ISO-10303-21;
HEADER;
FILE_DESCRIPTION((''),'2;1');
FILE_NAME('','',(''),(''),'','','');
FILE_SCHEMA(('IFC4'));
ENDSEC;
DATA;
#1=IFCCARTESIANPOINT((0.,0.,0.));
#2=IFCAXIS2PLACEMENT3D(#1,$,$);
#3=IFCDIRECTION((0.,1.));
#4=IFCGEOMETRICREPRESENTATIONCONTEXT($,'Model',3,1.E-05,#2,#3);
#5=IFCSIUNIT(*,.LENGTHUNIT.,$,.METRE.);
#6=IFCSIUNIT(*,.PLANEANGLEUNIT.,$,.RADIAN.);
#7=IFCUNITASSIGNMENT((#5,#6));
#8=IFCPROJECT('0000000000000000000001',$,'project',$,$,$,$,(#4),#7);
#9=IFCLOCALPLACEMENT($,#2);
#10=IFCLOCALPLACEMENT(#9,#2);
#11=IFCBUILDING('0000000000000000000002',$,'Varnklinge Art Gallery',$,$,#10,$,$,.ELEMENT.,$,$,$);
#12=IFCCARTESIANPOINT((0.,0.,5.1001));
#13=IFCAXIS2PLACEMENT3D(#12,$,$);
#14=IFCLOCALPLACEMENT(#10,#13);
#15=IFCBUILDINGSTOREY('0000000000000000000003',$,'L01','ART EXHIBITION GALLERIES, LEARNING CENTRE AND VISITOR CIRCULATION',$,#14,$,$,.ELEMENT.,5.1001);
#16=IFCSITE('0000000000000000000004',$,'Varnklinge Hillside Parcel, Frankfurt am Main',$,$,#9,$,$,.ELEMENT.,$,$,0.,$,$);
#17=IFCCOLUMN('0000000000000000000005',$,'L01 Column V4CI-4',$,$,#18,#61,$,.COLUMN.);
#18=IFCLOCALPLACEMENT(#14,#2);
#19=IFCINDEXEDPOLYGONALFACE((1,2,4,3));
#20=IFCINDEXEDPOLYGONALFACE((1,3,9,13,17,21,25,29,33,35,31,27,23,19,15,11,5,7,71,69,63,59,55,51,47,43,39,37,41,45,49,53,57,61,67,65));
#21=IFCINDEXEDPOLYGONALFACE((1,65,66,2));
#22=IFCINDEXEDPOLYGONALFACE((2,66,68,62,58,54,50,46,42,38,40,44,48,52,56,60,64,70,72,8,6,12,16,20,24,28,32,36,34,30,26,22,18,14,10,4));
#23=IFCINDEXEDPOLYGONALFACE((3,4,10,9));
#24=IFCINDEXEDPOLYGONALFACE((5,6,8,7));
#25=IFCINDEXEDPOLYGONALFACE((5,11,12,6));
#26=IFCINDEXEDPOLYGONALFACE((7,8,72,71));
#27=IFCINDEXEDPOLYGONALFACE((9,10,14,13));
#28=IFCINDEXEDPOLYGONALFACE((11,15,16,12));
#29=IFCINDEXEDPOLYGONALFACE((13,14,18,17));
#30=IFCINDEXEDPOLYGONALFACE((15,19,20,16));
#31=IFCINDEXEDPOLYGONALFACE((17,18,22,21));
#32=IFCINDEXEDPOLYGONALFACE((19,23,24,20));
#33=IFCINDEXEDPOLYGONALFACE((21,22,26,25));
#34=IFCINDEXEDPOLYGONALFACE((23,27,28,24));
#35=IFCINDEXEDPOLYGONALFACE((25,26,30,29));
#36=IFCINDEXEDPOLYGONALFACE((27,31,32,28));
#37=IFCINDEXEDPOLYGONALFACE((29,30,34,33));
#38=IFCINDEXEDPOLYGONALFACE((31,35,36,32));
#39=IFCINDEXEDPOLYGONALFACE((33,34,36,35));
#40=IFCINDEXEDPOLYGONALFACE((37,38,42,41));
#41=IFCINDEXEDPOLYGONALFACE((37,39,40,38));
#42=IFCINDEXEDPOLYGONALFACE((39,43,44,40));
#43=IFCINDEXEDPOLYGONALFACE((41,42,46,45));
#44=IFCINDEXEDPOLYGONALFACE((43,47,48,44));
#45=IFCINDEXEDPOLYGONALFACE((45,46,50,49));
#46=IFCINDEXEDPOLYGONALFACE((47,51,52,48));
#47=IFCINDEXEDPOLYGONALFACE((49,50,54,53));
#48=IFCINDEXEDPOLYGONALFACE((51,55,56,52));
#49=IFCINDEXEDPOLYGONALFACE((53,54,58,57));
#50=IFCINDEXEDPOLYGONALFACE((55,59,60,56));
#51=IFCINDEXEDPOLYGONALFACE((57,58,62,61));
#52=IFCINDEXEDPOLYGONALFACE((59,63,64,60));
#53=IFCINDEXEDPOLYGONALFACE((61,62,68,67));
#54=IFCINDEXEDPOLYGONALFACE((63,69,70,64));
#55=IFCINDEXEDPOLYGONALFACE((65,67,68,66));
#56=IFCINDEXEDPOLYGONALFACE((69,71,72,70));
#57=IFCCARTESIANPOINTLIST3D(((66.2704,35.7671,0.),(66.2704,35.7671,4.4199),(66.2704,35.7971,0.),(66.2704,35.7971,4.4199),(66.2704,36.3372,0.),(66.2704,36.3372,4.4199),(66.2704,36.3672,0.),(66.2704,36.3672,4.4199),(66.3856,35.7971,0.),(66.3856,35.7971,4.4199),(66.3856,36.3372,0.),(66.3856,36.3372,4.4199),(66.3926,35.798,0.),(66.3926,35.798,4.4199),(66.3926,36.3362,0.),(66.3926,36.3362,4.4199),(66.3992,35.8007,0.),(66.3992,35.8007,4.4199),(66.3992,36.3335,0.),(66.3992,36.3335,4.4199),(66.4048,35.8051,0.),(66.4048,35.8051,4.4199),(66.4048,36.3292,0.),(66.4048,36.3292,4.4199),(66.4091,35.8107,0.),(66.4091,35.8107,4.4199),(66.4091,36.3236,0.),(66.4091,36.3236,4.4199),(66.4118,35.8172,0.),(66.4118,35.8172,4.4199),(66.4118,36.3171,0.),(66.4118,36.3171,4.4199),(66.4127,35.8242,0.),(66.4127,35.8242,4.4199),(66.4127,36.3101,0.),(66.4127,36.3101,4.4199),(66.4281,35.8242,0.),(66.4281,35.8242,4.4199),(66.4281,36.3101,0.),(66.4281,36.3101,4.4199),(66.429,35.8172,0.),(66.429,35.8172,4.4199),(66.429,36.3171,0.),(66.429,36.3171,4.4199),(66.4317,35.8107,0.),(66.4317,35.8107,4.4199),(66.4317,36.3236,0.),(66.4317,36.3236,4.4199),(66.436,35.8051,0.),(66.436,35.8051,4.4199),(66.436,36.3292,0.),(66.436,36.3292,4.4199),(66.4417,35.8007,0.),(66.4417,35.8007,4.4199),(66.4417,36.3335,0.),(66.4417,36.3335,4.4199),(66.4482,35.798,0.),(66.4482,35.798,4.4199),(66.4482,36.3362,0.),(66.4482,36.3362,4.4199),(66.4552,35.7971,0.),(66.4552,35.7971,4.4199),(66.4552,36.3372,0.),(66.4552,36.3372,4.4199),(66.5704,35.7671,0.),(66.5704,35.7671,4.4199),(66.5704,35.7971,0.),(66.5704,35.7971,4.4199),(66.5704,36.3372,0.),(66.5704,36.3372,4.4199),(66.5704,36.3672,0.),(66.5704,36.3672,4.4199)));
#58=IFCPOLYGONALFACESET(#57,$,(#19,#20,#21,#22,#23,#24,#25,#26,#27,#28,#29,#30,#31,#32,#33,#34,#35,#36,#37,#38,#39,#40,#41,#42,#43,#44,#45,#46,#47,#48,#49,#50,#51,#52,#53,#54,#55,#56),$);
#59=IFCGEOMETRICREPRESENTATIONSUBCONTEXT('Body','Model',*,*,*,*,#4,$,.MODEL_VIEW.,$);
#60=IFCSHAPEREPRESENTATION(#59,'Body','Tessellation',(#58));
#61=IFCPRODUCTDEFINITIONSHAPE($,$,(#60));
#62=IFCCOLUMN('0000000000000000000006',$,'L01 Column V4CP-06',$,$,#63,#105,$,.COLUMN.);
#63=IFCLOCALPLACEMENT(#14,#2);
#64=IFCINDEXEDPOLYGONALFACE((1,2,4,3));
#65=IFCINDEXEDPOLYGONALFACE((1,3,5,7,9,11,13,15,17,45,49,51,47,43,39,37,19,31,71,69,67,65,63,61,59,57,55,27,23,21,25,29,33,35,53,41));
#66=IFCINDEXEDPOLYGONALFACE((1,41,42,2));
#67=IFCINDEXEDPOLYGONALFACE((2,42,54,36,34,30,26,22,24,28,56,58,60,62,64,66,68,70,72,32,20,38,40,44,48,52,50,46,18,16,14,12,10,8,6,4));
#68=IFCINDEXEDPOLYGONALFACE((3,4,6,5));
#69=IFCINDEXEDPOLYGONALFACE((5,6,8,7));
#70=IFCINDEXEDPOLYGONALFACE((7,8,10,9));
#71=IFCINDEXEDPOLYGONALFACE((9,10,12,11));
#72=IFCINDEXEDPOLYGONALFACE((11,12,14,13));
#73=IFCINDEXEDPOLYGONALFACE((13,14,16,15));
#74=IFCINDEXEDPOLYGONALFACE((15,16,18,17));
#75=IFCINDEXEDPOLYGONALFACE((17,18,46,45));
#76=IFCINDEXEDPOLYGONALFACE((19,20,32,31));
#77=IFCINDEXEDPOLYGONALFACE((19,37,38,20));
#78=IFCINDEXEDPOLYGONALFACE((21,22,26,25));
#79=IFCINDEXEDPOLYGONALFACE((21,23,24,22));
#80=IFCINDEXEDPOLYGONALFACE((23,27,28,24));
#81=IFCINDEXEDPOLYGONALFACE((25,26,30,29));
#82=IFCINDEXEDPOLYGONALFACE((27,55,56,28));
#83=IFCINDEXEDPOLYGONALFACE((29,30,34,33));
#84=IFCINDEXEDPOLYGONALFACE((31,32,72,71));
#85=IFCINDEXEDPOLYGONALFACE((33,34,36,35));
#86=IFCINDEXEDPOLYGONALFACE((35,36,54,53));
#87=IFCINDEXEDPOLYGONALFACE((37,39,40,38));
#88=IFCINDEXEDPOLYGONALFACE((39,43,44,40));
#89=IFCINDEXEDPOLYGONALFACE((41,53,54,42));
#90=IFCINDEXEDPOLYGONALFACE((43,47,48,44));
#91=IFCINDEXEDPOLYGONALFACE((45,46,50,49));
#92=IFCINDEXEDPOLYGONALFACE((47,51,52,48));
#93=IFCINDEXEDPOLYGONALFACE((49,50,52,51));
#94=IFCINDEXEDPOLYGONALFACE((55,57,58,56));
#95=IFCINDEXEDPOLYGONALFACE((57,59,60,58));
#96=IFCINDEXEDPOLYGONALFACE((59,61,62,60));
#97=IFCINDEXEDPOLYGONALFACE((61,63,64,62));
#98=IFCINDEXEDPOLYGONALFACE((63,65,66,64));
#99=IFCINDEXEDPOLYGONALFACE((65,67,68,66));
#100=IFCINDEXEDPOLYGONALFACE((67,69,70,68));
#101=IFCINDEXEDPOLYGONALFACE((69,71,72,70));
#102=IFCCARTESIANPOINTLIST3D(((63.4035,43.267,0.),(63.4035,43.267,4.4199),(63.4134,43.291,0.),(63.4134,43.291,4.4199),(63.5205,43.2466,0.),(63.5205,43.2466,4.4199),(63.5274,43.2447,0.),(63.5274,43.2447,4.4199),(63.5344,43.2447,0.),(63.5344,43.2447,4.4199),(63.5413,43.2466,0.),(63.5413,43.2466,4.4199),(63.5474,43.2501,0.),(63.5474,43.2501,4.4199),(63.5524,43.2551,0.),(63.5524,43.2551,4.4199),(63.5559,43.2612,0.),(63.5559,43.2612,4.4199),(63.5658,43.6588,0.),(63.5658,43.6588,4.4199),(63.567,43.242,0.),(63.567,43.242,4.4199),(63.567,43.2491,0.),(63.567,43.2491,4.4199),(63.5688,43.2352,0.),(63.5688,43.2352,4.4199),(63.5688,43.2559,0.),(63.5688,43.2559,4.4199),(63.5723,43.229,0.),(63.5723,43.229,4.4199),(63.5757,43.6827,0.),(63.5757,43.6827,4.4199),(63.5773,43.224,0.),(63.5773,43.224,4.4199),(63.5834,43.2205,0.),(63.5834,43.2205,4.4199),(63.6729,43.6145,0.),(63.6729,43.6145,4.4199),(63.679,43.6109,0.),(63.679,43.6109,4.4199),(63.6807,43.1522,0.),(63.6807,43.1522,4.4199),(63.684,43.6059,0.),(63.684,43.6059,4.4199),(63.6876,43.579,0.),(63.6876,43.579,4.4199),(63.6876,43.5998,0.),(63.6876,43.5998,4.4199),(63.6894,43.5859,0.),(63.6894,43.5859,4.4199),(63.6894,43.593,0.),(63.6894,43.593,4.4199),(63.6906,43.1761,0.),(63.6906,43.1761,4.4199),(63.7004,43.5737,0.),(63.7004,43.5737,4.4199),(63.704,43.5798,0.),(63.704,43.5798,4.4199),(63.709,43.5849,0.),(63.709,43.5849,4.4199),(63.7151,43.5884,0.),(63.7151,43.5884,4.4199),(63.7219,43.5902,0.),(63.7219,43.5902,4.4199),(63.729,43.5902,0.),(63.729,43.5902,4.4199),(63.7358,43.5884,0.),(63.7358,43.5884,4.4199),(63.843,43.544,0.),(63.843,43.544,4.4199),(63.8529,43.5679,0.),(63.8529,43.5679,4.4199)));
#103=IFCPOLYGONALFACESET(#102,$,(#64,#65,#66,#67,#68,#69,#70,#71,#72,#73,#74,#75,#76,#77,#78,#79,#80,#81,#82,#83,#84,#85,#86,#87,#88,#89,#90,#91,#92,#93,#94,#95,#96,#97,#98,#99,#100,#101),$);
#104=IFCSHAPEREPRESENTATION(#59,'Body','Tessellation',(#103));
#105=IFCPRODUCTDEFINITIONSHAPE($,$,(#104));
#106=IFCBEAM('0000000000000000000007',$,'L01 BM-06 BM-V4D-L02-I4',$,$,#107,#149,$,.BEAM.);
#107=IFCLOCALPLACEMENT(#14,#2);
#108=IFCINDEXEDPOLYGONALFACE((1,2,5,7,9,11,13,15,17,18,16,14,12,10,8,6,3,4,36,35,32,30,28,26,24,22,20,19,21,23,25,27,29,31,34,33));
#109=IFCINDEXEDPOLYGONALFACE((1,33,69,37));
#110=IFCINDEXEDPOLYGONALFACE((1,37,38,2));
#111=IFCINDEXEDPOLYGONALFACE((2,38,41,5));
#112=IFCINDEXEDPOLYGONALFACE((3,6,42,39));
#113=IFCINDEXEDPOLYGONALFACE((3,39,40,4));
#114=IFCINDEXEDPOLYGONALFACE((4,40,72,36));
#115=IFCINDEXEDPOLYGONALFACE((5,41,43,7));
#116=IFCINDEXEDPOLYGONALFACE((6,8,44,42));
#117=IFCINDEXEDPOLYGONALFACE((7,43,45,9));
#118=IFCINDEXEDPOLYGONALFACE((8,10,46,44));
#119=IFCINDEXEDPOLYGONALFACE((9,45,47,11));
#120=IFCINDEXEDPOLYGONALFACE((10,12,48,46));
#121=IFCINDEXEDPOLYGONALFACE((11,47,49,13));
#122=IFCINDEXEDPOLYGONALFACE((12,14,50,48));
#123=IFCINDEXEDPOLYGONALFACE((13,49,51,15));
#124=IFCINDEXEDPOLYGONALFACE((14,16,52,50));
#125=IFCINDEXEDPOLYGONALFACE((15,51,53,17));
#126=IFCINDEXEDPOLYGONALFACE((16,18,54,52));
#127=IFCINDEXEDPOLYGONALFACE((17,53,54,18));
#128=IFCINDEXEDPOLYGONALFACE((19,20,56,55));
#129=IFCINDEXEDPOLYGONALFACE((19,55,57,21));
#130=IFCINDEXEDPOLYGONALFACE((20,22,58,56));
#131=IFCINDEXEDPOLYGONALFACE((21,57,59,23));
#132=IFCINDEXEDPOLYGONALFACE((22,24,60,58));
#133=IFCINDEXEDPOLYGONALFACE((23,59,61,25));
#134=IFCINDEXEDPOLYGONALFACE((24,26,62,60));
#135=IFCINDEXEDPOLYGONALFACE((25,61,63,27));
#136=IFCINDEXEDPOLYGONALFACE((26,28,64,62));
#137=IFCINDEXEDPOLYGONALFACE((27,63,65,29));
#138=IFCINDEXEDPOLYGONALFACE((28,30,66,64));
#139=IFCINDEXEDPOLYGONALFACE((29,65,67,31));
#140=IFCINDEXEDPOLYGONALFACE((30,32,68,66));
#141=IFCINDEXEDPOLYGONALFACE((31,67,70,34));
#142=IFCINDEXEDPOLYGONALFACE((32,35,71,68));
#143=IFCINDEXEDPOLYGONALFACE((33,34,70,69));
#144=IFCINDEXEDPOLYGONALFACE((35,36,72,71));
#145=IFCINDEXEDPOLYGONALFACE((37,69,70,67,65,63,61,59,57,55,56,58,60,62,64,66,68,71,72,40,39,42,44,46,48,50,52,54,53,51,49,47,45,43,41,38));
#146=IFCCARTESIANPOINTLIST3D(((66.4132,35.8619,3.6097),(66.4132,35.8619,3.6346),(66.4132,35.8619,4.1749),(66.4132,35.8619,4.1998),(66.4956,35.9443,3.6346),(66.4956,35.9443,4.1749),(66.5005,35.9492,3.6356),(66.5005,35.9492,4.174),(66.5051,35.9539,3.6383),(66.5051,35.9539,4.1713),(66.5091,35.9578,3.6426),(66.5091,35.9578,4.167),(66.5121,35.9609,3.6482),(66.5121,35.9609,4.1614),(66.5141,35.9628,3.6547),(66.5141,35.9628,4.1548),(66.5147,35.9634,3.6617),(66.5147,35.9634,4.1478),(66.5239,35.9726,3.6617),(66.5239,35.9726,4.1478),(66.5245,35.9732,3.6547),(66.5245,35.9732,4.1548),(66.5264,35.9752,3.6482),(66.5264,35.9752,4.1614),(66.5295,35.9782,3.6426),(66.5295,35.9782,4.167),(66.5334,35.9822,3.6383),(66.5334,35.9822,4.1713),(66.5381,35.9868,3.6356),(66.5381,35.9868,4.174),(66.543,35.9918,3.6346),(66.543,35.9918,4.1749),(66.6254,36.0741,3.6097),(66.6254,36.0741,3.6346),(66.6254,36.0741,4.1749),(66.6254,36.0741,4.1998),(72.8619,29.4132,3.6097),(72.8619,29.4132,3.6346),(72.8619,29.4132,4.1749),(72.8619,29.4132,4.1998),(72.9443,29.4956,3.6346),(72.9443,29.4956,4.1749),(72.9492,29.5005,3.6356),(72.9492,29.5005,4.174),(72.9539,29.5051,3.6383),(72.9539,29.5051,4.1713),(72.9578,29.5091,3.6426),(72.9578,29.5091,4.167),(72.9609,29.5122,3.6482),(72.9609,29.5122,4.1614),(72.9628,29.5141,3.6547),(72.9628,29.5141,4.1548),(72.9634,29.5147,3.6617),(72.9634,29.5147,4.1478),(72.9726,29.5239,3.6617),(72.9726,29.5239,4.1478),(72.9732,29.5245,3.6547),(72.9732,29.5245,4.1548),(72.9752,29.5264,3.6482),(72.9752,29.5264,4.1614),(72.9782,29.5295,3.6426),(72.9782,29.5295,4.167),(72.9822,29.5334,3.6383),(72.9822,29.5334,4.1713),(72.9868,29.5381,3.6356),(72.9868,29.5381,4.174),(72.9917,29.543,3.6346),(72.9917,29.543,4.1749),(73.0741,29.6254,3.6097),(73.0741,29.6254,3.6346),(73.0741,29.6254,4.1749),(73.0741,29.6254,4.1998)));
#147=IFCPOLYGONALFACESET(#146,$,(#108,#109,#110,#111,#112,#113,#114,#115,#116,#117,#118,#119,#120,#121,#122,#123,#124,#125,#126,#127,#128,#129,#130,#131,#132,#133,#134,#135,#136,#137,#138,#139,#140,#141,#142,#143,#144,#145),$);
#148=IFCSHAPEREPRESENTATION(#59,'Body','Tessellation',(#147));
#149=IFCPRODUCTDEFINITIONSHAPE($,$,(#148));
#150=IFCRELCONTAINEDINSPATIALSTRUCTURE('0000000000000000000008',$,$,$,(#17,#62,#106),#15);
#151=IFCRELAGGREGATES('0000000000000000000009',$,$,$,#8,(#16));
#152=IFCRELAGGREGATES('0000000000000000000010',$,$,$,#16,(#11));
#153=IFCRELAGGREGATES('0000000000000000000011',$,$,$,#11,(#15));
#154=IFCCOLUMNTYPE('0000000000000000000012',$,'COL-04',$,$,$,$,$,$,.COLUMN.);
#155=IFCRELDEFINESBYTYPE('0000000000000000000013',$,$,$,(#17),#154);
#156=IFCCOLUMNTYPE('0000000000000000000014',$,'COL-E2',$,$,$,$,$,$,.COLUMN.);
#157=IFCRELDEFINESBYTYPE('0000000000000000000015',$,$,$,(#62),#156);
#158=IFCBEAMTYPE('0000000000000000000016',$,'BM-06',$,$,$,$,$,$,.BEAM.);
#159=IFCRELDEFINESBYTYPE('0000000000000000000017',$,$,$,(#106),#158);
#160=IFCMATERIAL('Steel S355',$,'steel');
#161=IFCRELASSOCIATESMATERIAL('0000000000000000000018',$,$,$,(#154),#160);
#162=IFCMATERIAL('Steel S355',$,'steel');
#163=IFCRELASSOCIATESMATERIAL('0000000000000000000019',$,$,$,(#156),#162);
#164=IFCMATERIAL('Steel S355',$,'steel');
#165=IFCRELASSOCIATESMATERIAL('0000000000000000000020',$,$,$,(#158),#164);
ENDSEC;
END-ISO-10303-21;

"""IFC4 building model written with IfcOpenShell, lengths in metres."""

from ifc_helpers import new_model, si_unit, direction, frame, origin, origin_2d, place, context, subcontext, project, spatial, i_section, extrude, material, material_profile, profile_set, type_object, element, save


model = new_model("IFC4")

# Units and contexts
model_context = context("Model", 3, precision=1e-05, world=origin(), true_north=direction((0.0, 1.0)))
body_context = subcontext(model_context, "Body", "Model", "MODEL_VIEW")
ifc_project = project(units=[si_unit("LENGTHUNIT", "METRE"), si_unit("PLANEANGLEUNIT", "RADIAN")], contexts=[model_context])

# Site, building, storey
site_placement = place(None, origin())
site = spatial("IfcSite", under=ifc_project, at=site_placement, Name="Varnklinge Hillside Parcel, Frankfurt am Main", CompositionType="ELEMENT", RefElevation=0.0)
building_placement = place(site_placement, origin())
building = spatial("IfcBuilding", under=site, at=building_placement, Name="Varnklinge Art Gallery", CompositionType="ELEMENT")
storey_placement = place(building_placement, frame((0.0, 0.0, 5.1001)))
storey = spatial("IfcBuildingStorey", under=building, at=storey_placement, Name="L01", Description="ART EXHIBITION GALLERIES, LEARNING CENTRE AND VISITOR CIRCULATION", CompositionType="ELEMENT", Elevation=5.1001)

# Columns
ifc_material_1 = material(Name="Steel S355", Category="steel")
ifc_material_profile_1 = material_profile(ifc_material_1, i_section(OverallWidth=0.3, OverallDepth=0.6001, WebThickness=0.0154, FlangeThickness=0.03, FilletRadius=0.0271, at=origin_2d()), Name="HEB 600")
ifc_profile_set_1 = profile_set([ifc_material_profile_1], Name="Steel S355")
column_type_1 = type_object("IfcColumnType", Name="COL-04", PredefinedType="COLUMN", material=ifc_profile_set_1)
column_1_placement = place(storey_placement, frame((66.4204, 36.0671, 0.0), z_axis=(0.0, 0.0, 1.0), x_axis=(1.0, 0.0, 0.0)))
element("IfcColumn", 1, at=column_1_placement, inside=storey, type_object=column_type_1, Name="L01 Column V4CI-4", PredefinedType="COLUMN", context=body_context, shape_type="SweptSolid", body=[
    extrude(i_section(OverallWidth=0.3, OverallDepth=0.6001, WebThickness=0.0154, FlangeThickness=0.03, FilletRadius=0.0271, at=origin_2d()), origin(), (0.0, 0.0, 1.0), 4.4199),
])
ifc_material_2 = material(Name="Steel S355", Category="steel")
ifc_material_profile_2 = material_profile(ifc_material_2, i_section(OverallWidth=0.3, OverallDepth=0.45, WebThickness=0.0139, FlangeThickness=0.0259, FilletRadius=0.0271, at=origin_2d()), Name="HEB 450")
ifc_profile_set_2 = profile_set([ifc_material_profile_2], Name="Steel S355")
column_type_2 = type_object("IfcColumnType", Name="COL-E2", PredefinedType="COLUMN", material=ifc_profile_set_2)
column_2_placement = place(storey_placement, frame((63.6282, 43.4175, 0.0), z_axis=(0.0, 0.0, 1.0), x_axis=(-0.92388, 0.382683, 0.0)))
element("IfcColumn", 2, at=column_2_placement, inside=storey, type_object=column_type_2, Name="L01 Column V4CP-06", PredefinedType="COLUMN", context=body_context, shape_type="SweptSolid", body=[
    extrude(i_section(OverallWidth=0.3, OverallDepth=0.45, WebThickness=0.0139, FlangeThickness=0.0259, FilletRadius=0.0271, at=origin_2d()), origin(), (0.0, 0.0, 1.0), 4.4199),
])

# Beam
ifc_material_3 = material(Name="Steel S355", Category="steel")
ifc_material_profile_3 = material_profile(ifc_material_3, i_section(OverallWidth=0.3, OverallDepth=0.5901, WebThickness=0.0129, FlangeThickness=0.0249, FilletRadius=0.0271, at=origin_2d()), Name="HEA 600")
ifc_profile_set_3 = profile_set([ifc_material_profile_3], Name="Steel S355")
beam_type_1 = type_object("IfcBeamType", Name="BM-06", PredefinedType="BEAM", material=ifc_profile_set_3)
beam_1_placement = place(storey_placement, frame((66.5193, 35.968, 3.9048), z_axis=(0.707107, -0.707107, 0.0), x_axis=(0.707107, 0.707107, 0.0)))
element("IfcBeam", 3, at=beam_1_placement, inside=storey, type_object=beam_type_1, Name="L01 BM-06 BM-V4D-L02-I4", PredefinedType="BEAM", context=body_context, shape_type="SweptSolid", body=[
    extrude(i_section(OverallWidth=0.3, OverallDepth=0.5901, WebThickness=0.0129, FlangeThickness=0.0249, FilletRadius=0.0271, at=origin_2d()), origin(), (0.0, 0.0, 1.0), 9.1199),
])

save(model, "model.ifc")
